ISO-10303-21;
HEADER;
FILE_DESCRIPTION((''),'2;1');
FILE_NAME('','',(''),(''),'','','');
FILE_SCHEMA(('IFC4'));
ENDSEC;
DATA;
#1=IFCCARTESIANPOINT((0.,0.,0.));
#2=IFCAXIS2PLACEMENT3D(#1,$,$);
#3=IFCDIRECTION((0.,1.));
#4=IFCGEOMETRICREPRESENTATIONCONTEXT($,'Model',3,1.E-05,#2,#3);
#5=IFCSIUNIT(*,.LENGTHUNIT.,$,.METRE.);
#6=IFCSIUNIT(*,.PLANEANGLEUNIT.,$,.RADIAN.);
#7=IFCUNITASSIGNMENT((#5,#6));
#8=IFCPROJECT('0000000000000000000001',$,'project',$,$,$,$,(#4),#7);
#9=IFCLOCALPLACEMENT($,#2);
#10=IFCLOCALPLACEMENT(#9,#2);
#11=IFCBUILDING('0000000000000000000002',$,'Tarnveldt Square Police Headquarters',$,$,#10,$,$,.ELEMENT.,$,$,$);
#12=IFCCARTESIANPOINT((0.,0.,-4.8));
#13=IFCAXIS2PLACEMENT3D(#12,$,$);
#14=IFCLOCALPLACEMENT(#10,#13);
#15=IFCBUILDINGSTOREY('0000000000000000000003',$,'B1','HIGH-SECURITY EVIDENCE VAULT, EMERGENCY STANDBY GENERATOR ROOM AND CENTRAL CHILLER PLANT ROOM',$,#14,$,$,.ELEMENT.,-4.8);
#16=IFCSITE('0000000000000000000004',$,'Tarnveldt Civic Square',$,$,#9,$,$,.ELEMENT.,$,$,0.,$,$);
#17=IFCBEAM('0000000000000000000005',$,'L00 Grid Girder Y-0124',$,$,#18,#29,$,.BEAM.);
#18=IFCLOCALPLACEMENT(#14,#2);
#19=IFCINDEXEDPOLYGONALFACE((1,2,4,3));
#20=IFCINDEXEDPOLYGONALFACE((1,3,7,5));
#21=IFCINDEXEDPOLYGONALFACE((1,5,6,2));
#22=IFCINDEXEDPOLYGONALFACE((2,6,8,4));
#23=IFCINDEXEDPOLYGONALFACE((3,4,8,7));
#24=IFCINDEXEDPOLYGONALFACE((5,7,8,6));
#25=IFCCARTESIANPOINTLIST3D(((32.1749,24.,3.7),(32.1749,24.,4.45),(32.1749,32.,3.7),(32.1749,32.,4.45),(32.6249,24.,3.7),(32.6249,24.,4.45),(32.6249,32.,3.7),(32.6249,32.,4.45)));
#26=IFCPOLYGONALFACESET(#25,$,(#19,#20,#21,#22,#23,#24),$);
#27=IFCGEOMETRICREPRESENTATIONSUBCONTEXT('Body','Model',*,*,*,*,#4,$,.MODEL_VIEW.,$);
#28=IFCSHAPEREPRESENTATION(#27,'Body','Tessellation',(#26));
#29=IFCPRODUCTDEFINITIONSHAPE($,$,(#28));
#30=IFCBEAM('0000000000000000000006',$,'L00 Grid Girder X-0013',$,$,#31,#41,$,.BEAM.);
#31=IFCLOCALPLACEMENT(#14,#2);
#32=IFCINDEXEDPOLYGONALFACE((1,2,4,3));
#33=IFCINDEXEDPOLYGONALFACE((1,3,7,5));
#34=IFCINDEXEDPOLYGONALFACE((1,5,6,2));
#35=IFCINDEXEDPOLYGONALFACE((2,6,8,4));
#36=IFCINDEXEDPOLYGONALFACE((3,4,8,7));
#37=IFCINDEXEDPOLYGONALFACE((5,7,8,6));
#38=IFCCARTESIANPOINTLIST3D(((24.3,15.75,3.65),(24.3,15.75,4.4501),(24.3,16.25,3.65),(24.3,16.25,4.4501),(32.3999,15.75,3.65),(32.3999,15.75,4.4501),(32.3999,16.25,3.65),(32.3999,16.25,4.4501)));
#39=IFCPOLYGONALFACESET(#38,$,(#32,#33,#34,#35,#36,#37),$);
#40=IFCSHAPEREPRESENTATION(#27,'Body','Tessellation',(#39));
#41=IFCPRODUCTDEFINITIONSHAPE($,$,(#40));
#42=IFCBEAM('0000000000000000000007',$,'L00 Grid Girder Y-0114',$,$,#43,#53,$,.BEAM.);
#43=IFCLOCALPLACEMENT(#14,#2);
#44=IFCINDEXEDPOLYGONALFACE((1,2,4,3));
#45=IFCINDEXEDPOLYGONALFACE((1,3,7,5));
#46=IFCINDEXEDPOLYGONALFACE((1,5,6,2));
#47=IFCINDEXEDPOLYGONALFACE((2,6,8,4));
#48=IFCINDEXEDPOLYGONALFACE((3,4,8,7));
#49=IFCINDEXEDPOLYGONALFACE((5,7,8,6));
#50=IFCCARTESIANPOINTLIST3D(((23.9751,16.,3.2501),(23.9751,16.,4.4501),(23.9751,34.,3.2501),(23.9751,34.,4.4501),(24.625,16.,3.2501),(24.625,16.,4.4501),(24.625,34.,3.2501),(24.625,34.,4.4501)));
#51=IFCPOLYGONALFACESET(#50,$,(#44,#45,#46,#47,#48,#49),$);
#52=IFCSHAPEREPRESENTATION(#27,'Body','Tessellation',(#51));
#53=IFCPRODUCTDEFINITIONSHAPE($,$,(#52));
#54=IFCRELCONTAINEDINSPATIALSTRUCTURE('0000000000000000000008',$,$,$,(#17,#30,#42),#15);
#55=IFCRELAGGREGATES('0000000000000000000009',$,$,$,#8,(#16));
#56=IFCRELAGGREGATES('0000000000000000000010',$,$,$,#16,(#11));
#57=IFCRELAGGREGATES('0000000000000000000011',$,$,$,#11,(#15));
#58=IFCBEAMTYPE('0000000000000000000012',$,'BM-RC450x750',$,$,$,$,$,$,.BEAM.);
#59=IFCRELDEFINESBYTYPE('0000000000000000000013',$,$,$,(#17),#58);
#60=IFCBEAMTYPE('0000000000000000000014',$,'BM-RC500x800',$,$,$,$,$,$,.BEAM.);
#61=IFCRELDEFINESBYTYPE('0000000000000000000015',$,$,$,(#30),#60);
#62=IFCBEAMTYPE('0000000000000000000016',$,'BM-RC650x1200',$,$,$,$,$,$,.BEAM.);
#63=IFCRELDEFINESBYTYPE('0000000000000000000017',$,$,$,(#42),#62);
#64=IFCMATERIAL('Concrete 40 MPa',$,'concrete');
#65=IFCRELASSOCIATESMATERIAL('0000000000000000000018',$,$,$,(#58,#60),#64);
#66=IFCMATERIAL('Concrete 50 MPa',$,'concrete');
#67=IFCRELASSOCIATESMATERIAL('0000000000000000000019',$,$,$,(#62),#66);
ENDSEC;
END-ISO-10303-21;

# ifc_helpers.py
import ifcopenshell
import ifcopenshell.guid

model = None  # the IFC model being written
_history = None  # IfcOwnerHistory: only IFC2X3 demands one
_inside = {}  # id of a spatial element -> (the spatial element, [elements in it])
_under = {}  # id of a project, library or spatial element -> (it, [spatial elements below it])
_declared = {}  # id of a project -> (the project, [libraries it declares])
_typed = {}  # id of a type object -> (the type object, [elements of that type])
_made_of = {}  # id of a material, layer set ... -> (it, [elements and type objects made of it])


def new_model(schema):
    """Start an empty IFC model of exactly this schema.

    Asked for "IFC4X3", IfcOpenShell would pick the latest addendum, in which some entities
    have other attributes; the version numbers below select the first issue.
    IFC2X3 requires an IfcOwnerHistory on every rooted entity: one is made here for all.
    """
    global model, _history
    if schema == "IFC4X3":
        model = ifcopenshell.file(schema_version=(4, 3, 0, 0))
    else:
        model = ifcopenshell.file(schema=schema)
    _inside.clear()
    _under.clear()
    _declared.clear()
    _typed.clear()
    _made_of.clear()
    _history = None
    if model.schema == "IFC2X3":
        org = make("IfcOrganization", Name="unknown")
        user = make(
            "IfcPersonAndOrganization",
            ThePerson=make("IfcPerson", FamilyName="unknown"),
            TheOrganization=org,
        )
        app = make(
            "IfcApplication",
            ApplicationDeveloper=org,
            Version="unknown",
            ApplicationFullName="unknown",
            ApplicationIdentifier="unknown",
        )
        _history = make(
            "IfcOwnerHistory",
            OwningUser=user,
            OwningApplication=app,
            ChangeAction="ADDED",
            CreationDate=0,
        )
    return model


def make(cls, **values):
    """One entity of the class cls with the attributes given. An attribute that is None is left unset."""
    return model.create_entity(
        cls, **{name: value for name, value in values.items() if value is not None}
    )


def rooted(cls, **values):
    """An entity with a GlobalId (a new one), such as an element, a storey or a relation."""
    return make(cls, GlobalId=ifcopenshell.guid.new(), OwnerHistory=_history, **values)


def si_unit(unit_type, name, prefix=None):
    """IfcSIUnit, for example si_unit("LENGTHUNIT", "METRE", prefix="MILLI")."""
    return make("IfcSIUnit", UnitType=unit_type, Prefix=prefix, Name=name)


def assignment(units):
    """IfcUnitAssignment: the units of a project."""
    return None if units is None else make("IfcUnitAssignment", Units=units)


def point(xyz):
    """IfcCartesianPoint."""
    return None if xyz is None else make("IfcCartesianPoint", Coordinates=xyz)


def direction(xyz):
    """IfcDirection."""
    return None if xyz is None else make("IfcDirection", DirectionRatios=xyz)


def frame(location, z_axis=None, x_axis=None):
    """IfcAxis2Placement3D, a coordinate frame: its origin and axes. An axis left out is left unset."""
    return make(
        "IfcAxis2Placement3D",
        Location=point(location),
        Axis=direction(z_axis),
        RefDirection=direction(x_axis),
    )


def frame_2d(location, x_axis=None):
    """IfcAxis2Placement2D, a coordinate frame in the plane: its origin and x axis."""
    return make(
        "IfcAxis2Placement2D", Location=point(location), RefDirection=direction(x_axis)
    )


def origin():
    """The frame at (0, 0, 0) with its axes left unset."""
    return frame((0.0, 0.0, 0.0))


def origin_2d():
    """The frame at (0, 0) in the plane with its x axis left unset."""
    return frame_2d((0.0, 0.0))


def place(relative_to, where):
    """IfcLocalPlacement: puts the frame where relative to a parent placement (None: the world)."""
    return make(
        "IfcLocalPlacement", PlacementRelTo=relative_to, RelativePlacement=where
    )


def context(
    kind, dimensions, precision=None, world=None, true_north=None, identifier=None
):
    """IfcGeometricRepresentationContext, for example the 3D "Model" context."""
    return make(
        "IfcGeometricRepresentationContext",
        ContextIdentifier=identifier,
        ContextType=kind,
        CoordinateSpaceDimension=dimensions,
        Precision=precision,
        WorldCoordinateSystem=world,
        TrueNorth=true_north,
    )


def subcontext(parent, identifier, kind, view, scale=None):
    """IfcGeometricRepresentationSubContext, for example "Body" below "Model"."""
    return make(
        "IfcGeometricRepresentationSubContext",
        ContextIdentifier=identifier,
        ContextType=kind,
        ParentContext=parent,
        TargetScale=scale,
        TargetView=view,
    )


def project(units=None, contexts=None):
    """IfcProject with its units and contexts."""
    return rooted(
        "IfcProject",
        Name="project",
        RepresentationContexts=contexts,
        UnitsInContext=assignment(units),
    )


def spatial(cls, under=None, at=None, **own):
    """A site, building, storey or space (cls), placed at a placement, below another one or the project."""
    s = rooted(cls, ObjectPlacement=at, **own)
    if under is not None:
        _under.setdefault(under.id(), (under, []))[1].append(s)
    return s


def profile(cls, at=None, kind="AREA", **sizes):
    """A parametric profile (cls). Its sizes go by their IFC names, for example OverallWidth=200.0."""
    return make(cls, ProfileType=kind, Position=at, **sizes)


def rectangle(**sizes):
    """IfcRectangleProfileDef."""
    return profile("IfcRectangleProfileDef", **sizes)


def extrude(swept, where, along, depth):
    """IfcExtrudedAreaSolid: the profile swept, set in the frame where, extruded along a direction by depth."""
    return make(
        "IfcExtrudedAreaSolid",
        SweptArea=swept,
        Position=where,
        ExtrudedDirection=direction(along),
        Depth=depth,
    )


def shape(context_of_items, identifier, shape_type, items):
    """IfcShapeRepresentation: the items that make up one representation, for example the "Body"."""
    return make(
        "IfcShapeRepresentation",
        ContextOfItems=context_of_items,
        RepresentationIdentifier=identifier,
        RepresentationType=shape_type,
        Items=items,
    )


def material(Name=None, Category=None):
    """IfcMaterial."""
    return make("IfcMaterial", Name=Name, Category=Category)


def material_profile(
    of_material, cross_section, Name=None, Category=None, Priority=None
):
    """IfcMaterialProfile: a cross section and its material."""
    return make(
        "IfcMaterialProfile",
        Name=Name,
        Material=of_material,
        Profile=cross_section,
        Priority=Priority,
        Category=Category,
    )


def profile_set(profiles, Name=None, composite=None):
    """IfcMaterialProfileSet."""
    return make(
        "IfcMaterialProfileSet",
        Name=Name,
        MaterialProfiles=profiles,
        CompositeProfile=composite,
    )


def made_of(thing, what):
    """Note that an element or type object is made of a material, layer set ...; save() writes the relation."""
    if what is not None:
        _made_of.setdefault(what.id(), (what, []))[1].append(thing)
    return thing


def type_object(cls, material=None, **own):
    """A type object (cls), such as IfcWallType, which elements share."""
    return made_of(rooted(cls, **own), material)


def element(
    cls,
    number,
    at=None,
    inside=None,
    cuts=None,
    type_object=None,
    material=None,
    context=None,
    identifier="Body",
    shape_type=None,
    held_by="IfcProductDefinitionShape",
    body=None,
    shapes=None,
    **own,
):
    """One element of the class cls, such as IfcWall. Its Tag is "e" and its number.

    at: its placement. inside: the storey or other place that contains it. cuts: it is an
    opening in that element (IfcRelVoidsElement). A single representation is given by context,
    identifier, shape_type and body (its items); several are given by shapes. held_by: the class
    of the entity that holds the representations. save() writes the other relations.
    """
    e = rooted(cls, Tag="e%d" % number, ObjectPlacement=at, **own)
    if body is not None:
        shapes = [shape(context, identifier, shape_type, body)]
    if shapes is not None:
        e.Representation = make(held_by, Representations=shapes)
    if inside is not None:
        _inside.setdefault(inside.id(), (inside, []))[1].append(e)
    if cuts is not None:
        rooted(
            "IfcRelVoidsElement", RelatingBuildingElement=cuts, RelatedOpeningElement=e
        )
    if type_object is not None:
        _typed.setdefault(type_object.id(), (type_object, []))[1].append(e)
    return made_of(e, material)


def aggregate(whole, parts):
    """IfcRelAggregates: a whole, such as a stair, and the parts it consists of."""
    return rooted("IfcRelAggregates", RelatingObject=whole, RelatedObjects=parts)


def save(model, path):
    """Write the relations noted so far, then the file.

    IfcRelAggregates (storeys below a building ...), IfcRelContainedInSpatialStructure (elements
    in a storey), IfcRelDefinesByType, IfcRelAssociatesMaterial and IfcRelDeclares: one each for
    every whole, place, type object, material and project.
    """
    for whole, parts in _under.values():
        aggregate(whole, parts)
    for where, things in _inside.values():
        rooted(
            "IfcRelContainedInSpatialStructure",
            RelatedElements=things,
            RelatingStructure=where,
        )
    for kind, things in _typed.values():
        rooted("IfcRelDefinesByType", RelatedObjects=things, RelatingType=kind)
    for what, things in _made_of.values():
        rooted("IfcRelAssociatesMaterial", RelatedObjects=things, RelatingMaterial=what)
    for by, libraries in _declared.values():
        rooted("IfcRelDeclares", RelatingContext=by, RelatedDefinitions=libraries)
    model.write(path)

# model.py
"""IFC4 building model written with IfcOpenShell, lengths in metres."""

from ifc_helpers import new_model, si_unit, direction, frame, origin, origin_2d, place, context, subcontext, project, spatial, rectangle, extrude, material, material_profile, profile_set, type_object, element, save


model = new_model("IFC4")

# Units and contexts
model_context = context("Model", 3, precision=1e-05, world=origin(), true_north=direction((0.0, 1.0)))
body_context = subcontext(model_context, "Body", "Model", "MODEL_VIEW")
ifc_project = project(units=[si_unit("LENGTHUNIT", "METRE"), si_unit("PLANEANGLEUNIT", "RADIAN")], contexts=[model_context])

# Site, building, storey
site_placement = place(None, origin())
site = spatial("IfcSite", under=ifc_project, at=site_placement, Name="Tarnveldt Civic Square", CompositionType="ELEMENT", RefElevation=0.0)
building_placement = place(site_placement, origin())
building = spatial("IfcBuilding", under=site, at=building_placement, Name="Tarnveldt Square Police Headquarters", CompositionType="ELEMENT")
storey_placement = place(building_placement, frame((0.0, 0.0, -4.8)))
storey = spatial("IfcBuildingStorey", under=building, at=storey_placement, Name="B1", Description="HIGH-SECURITY EVIDENCE VAULT, EMERGENCY STANDBY GENERATOR ROOM AND CENTRAL CHILLER PLANT ROOM", CompositionType="ELEMENT", Elevation=-4.8)

# Shared definitions
ifc_material_1 = material(Name="Concrete 40 MPa", Category="concrete")

# Shared definitions
ifc_material_2 = material(Name="Concrete 50 MPa", Category="concrete")

# Beams
ifc_material_profile_1 = material_profile(ifc_material_1, rectangle(XDim=0.45, YDim=0.75, at=origin_2d()), Name="RC-B450x750")
ifc_profile_set_1 = profile_set([ifc_material_profile_1], Name="Concrete 40 MPa")
beam_type_1 = type_object("IfcBeamType", Name="BM-RC450x750", PredefinedType="BEAM", material=ifc_profile_set_1)
for number, where, z_axis, x_axis, name in (
    (1, (32.3999, 24.0, 4.075), (0.0, 1.0, 0.0), (-1.0, 0.0, 0.0), "L00 Grid Girder Y-0124"),
):
    element("IfcBeam", number, at=place(storey_placement, frame(where, z_axis=z_axis, x_axis=x_axis)), inside=storey, type_object=beam_type_1, Name=name, PredefinedType="BEAM", context=body_context, shape_type="SweptSolid", body=[
        extrude(rectangle(XDim=0.45, YDim=0.75, at=origin_2d()), origin(), (0.0, 0.0, 1.0), 8.0),
    ])
ifc_material_profile_2 = material_profile(ifc_material_1, rectangle(XDim=0.5, YDim=0.8, at=origin_2d()), Name="RC-B500x800")
ifc_profile_set_2 = profile_set([ifc_material_profile_2], Name="Concrete 40 MPa")
beam_type_2 = type_object("IfcBeamType", Name="BM-RC500x800", PredefinedType="BEAM", material=ifc_profile_set_2)
beam_1_placement = place(storey_placement, frame((24.3, 16.0, 4.05), z_axis=(1.0, 0.0, 0.0), x_axis=(0.0, 1.0, 0.0)))
element("IfcBeam", 2, at=beam_1_placement, inside=storey, type_object=beam_type_2, Name="L00 Grid Girder X-0013", PredefinedType="BEAM", context=body_context, shape_type="SweptSolid", body=[
    extrude(rectangle(XDim=0.5, YDim=0.8, at=origin_2d()), origin(), (0.0, 0.0, 1.0), 8.0999),
])
ifc_material_profile_3 = material_profile(ifc_material_2, rectangle(XDim=0.6499, YDim=1.2, at=origin_2d()), Name="RC-B650x1200")
ifc_profile_set_3 = profile_set([ifc_material_profile_3], Name="Concrete 50 MPa")
beam_type_3 = type_object("IfcBeamType", Name="BM-RC650x1200", PredefinedType="BEAM", material=ifc_profile_set_3)
beam_2_placement = place(storey_placement, frame((24.3, 16.0, 3.8501), z_axis=(0.0, 1.0, 0.0), x_axis=(-1.0, 0.0, 0.0)))
element("IfcBeam", 3, at=beam_2_placement, inside=storey, type_object=beam_type_3, Name="L00 Grid Girder Y-0114", PredefinedType="BEAM", context=body_context, shape_type="SweptSolid", body=[
    extrude(rectangle(XDim=0.6499, YDim=1.2, at=origin_2d()), origin(), (0.0, 0.0, 1.0), 18.0),
])

save(model, "model.ifc")
